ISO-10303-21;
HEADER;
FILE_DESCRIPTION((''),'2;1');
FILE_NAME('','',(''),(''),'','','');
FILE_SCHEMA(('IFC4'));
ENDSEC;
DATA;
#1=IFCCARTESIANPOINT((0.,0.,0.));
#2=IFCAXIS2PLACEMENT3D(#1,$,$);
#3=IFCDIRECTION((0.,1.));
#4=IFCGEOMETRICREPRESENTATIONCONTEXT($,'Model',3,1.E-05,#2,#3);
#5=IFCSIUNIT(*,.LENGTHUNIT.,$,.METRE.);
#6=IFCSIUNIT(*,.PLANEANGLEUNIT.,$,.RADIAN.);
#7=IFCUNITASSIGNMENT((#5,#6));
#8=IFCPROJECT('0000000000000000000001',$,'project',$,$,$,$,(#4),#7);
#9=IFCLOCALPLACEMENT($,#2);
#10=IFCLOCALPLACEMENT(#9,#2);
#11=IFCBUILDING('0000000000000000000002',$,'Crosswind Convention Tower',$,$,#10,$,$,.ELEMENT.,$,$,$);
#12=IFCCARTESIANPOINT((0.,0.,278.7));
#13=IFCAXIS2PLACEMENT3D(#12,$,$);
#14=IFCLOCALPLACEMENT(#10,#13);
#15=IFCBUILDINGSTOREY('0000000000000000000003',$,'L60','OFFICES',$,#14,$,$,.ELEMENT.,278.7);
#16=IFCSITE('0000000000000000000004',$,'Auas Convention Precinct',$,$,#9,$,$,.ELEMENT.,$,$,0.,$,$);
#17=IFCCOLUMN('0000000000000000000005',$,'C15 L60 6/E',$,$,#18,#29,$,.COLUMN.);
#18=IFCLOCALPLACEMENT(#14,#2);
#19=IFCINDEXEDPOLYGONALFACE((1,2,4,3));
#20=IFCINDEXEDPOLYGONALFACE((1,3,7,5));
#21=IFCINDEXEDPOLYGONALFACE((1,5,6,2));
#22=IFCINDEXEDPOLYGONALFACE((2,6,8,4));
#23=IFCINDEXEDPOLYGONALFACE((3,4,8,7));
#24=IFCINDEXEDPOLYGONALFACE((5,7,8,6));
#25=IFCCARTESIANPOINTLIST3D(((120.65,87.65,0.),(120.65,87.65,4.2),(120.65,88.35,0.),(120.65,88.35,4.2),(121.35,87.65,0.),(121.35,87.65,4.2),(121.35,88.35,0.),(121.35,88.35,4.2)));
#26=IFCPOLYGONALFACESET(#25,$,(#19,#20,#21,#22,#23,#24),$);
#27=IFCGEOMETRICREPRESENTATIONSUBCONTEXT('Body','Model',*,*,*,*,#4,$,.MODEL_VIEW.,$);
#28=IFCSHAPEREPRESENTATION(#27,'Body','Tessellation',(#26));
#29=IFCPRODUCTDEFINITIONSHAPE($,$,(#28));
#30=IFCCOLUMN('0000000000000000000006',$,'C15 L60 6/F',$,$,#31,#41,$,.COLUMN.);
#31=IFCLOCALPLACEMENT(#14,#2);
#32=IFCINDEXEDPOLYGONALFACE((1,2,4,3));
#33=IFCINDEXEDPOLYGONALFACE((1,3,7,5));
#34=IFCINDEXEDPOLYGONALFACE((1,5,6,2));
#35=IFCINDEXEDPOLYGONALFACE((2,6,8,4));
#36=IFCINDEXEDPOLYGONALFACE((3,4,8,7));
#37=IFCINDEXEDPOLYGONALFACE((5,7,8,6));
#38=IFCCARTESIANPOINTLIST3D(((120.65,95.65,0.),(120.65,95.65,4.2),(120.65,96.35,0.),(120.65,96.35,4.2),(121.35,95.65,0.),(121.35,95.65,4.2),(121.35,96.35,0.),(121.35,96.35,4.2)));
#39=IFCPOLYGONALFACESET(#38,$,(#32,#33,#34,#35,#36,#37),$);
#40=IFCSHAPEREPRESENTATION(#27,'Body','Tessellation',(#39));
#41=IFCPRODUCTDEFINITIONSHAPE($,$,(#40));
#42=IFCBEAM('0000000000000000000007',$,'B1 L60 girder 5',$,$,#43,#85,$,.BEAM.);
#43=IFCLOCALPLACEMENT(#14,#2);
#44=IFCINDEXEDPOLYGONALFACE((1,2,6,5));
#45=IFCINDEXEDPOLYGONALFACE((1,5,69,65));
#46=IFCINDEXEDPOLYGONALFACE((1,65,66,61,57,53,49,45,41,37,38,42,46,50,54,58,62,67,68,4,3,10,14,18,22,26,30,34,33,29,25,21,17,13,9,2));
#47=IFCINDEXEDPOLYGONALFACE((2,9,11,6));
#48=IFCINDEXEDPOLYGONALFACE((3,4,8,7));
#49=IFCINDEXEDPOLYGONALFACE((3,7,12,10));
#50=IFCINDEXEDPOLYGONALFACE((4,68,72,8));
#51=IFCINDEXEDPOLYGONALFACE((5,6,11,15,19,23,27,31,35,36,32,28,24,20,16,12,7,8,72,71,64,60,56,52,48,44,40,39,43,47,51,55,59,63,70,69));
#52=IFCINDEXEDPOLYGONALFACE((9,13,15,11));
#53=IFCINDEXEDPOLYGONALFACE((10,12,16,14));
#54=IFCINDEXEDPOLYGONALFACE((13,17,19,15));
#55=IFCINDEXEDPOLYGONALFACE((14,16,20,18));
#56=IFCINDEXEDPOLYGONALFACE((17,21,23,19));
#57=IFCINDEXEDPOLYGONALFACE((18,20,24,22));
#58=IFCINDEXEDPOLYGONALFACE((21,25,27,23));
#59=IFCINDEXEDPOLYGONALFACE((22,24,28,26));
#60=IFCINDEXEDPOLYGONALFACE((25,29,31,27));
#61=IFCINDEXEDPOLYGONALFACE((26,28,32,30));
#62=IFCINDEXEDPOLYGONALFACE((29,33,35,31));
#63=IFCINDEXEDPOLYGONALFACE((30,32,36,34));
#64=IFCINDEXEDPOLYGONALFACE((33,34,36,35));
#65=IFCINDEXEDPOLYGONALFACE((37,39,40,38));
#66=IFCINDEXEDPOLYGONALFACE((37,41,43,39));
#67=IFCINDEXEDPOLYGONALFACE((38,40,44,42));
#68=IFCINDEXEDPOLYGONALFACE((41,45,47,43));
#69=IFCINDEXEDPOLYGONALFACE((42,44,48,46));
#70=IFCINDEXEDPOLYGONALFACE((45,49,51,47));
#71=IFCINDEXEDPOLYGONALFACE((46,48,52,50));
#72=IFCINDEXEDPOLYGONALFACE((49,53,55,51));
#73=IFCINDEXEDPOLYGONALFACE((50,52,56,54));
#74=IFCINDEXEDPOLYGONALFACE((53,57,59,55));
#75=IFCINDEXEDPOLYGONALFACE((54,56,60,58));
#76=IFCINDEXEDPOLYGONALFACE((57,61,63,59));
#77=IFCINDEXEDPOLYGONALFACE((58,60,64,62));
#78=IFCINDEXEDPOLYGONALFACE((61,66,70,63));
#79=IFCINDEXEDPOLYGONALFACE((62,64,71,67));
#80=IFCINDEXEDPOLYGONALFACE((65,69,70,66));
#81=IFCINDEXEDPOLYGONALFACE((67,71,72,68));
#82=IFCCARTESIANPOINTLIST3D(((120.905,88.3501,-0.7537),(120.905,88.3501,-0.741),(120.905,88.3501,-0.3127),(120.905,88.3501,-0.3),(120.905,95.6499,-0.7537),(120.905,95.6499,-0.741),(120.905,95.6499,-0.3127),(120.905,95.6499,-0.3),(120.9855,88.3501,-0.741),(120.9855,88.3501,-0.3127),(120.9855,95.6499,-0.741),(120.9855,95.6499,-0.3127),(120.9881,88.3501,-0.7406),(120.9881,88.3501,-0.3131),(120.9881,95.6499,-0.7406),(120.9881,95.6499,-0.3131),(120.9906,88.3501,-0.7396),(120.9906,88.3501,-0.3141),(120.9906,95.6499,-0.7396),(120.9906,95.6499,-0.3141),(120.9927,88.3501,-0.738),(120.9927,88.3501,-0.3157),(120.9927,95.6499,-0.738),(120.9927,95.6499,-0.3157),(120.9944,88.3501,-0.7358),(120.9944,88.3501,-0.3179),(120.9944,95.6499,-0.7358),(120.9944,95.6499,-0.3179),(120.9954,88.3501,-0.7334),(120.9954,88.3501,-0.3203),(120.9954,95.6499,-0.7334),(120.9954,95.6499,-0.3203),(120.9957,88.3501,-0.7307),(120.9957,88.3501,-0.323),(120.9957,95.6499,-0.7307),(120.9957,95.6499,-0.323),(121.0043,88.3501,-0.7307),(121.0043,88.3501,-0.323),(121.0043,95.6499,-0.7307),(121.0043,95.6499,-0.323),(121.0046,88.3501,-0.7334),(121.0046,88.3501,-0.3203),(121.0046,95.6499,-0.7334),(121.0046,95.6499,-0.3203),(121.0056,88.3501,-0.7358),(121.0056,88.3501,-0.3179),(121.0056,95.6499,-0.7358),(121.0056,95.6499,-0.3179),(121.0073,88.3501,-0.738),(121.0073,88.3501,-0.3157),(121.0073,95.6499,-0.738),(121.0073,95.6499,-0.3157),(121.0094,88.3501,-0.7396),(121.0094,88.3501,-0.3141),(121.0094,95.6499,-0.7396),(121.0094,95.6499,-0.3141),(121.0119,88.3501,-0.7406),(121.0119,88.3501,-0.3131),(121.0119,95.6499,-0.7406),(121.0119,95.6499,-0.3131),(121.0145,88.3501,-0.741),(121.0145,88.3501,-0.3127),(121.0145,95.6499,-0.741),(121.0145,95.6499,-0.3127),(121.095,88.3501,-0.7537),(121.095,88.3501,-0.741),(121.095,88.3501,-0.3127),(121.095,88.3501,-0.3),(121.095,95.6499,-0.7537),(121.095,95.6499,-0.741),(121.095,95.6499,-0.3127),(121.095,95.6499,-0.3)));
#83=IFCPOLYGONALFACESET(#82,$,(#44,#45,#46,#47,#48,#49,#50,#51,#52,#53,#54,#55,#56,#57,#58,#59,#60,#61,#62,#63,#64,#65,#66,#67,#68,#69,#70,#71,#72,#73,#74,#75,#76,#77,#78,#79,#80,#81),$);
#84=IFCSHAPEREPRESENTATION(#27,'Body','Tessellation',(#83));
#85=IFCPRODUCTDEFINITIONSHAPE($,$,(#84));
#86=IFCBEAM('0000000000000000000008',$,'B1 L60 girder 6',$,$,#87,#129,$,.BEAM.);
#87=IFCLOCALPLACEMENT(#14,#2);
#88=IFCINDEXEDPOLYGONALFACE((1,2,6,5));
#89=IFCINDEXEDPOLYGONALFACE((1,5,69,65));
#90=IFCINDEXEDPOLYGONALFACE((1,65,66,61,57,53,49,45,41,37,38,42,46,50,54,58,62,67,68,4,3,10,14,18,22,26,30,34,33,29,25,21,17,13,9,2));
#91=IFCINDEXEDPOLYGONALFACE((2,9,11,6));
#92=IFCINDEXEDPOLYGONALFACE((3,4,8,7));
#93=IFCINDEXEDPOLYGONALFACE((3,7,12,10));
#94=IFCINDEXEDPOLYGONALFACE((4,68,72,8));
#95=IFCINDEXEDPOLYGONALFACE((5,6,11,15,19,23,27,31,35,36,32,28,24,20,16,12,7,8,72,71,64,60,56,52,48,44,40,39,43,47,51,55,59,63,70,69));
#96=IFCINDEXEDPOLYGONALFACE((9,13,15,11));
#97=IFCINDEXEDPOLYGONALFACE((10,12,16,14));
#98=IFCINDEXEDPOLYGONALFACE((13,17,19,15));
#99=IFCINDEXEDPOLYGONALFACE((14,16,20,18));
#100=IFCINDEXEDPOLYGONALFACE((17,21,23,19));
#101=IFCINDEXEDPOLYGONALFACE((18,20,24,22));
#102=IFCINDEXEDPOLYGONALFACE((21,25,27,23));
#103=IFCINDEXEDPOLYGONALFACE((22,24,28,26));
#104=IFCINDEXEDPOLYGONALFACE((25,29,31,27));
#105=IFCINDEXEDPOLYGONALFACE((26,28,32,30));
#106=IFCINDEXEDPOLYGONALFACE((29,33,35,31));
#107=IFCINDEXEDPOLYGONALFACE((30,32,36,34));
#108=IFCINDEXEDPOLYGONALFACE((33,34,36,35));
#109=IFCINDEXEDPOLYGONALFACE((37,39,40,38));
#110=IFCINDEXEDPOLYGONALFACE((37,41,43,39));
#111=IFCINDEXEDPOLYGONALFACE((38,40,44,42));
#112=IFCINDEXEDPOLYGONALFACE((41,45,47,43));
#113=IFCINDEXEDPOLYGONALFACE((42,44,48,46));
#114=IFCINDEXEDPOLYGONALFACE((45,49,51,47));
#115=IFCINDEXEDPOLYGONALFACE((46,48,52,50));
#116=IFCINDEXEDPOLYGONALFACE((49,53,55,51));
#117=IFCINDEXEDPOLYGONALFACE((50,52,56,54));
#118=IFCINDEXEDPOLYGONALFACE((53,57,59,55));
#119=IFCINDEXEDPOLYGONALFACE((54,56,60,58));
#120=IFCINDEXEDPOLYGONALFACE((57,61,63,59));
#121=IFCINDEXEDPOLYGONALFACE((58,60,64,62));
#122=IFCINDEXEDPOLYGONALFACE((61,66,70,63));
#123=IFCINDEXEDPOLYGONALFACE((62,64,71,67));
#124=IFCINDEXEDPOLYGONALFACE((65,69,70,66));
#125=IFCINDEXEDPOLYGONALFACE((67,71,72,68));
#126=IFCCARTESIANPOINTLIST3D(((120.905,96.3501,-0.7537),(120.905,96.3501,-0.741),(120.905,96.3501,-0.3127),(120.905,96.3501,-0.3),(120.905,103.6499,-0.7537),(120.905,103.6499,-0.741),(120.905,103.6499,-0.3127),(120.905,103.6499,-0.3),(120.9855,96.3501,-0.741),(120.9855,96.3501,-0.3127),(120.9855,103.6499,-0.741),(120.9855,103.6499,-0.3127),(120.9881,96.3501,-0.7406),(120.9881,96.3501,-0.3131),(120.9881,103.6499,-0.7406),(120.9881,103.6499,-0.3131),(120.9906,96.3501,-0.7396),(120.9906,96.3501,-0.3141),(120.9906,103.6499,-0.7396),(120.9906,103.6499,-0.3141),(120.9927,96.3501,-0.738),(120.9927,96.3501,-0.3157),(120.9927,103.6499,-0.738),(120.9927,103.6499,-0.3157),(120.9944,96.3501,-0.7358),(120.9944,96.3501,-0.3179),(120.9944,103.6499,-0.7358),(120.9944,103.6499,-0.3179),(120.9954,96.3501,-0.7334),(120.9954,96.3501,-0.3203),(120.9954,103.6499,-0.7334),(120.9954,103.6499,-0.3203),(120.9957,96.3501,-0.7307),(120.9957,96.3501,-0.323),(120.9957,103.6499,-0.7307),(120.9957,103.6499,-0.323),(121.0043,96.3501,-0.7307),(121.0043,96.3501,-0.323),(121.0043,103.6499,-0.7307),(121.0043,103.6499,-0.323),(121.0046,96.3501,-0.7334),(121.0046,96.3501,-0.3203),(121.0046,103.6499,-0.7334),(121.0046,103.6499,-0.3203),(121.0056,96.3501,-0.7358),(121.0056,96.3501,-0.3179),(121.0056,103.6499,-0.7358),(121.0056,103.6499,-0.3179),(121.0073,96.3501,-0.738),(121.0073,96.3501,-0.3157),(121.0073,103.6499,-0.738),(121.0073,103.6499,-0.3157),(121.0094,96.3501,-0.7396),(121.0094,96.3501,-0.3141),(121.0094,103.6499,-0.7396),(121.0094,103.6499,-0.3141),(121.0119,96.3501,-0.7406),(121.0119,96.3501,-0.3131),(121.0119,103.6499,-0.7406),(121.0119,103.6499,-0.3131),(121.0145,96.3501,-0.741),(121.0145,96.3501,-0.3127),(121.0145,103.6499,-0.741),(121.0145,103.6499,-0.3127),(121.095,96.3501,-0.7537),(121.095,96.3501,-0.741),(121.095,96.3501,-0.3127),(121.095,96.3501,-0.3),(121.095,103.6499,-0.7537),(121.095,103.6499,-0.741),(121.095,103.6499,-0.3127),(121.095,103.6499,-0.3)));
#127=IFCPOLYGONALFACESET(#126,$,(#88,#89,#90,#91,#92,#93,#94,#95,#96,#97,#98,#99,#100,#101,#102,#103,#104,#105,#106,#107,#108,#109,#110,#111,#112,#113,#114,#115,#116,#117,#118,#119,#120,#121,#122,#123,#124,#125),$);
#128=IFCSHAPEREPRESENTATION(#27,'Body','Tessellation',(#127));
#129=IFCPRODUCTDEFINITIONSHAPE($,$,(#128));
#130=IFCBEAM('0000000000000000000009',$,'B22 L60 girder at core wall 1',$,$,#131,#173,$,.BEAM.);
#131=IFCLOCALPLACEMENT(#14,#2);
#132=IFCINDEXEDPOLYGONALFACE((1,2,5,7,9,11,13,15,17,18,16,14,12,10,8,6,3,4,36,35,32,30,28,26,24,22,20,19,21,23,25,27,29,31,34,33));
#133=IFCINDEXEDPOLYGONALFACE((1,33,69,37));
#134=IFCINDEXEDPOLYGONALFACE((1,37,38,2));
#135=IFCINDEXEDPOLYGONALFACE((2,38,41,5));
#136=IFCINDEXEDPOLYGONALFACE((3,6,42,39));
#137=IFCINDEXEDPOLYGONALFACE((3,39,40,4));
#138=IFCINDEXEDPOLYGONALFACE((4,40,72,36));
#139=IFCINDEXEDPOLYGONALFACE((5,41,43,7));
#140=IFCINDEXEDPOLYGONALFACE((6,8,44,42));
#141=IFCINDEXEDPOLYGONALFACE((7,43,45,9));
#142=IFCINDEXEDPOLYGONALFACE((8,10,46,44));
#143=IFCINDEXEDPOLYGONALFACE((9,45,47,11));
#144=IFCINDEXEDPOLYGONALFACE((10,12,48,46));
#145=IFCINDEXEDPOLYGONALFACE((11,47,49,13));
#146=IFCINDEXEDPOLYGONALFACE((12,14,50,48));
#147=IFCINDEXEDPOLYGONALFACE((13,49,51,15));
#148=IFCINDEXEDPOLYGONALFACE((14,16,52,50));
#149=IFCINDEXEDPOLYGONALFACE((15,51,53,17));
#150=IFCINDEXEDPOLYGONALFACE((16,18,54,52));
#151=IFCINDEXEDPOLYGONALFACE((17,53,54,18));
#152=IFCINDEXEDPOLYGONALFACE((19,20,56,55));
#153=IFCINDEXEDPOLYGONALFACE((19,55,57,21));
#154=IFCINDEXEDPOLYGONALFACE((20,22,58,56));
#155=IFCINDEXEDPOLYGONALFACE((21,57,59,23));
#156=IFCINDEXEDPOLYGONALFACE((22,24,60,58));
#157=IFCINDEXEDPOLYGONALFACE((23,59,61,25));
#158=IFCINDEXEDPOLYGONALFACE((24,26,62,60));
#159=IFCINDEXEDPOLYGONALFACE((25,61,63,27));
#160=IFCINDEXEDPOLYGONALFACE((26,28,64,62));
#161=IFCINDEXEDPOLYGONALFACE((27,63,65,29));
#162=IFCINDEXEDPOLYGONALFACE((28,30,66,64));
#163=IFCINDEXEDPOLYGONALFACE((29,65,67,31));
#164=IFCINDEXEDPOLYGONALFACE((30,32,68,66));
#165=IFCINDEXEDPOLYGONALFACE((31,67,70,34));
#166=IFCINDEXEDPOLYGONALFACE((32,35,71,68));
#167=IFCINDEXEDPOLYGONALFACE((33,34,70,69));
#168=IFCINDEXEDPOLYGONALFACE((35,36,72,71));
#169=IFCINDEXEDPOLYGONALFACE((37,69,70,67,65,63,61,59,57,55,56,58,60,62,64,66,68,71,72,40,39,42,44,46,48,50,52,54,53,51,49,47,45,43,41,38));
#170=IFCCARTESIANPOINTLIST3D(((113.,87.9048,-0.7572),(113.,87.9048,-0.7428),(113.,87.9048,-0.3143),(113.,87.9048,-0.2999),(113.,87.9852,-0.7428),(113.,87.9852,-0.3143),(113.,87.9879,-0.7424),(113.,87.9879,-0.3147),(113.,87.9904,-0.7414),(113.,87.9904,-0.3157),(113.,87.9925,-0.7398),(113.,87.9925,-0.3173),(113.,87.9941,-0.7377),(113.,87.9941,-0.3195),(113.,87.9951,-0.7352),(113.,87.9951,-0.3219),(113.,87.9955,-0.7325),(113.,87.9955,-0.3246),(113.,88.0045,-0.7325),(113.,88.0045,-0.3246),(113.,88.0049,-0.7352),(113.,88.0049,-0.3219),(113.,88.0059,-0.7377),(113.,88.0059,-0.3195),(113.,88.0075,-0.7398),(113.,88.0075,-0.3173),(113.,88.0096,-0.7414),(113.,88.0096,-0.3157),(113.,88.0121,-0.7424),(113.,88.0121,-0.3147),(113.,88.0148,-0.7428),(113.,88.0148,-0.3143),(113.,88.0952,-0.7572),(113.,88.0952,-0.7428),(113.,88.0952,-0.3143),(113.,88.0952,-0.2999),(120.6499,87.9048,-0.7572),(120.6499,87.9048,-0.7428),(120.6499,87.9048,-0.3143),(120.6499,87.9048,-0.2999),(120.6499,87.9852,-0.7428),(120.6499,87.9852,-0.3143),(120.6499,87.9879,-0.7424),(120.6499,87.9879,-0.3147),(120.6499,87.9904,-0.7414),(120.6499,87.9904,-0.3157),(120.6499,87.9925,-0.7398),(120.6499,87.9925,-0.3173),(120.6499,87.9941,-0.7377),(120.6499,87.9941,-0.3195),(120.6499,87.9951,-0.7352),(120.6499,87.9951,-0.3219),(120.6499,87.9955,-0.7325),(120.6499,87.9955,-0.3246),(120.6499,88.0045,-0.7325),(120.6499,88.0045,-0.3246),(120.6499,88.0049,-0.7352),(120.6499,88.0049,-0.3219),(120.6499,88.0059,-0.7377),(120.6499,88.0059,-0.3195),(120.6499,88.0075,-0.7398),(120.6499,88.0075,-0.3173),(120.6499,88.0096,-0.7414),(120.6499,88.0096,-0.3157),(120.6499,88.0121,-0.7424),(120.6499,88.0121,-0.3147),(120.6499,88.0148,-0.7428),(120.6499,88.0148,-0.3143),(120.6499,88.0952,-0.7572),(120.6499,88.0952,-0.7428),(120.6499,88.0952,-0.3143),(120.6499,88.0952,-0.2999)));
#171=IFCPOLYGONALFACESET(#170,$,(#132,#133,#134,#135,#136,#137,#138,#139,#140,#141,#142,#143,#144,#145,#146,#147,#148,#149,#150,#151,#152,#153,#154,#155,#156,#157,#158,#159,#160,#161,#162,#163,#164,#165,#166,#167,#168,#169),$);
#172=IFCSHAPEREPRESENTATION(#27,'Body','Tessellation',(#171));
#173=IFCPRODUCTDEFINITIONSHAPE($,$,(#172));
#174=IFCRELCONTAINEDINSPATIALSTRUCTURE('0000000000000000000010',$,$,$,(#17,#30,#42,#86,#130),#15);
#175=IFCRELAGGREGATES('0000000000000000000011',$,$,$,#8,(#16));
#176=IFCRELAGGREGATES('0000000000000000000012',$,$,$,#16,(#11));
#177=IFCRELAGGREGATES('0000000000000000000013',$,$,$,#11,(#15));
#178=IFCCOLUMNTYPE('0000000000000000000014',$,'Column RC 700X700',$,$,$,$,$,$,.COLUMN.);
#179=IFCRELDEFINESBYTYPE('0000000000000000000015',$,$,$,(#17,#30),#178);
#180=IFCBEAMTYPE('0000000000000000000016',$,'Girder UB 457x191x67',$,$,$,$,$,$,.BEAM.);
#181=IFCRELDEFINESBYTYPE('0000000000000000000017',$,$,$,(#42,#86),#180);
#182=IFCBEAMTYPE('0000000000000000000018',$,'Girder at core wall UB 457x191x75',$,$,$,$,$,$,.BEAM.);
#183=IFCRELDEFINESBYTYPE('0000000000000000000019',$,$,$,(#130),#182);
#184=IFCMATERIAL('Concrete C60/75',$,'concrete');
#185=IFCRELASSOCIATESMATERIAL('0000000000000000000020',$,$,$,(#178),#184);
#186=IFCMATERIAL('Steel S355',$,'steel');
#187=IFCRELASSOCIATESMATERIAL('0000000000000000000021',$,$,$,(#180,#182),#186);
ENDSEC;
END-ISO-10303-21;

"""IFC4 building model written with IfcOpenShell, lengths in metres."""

from ifc_helpers import new_model, si_unit, direction, frame, origin, origin_2d, place, context, subcontext, project, spatial, rectangle, i_section, extrude, material, material_profile, profile_set, type_object, element, save


model = new_model("IFC4")

# Units and contexts
model_context = context("Model", 3, precision=1e-05, world=origin(), true_north=direction((0.0, 1.0)))
body_context = subcontext(model_context, "Body", "Model", "MODEL_VIEW")
ifc_project = project(units=[si_unit("LENGTHUNIT", "METRE"), si_unit("PLANEANGLEUNIT", "RADIAN")], contexts=[model_context])

# Site, building, storey
site_placement = place(None, origin())
site = spatial("IfcSite", under=ifc_project, at=site_placement, Name="Auas Convention Precinct", CompositionType="ELEMENT", RefElevation=0.0)
building_placement = place(site_placement, origin())
building = spatial("IfcBuilding", under=site, at=building_placement, Name="Crosswind Convention Tower", CompositionType="ELEMENT")
storey_placement = place(building_placement, frame((0.0, 0.0, 278.7)))
storey = spatial("IfcBuildingStorey", under=building, at=storey_placement, Name="L60", Description="OFFICES", CompositionType="ELEMENT", Elevation=278.7)

# Columns
ifc_material_1 = material(Name="Concrete C60/75", Category="concrete")
ifc_material_profile_1 = material_profile(ifc_material_1, rectangle(XDim=0.7, YDim=0.7, at=origin_2d()), Name="RC 700X700")
ifc_profile_set_1 = profile_set([ifc_material_profile_1], Name="Concrete C60/75")
column_type = type_object("IfcColumnType", Name="Column RC 700X700", PredefinedType="COLUMN", material=ifc_profile_set_1)
for number, where, z_axis, x_axis, name in (
    (1, (121.0, 88.0, 0.0), (0.0, 0.0, 1.0), (1.0, 0.0, 0.0), "C15 L60 6/E"),
    (2, (121.0, 96.0, 0.0), (0.0, 0.0, 1.0), (1.0, 0.0, 0.0), "C15 L60 6/F"),
):
    element("IfcColumn", number, at=place(storey_placement, frame(where, z_axis=z_axis, x_axis=x_axis)), inside=storey, type_object=column_type, Name=name, PredefinedType="COLUMN", context=body_context, shape_type="SweptSolid", body=[
        extrude(rectangle(XDim=0.7, YDim=0.7, at=origin_2d()), origin(), (0.0, 0.0, 1.0), 4.2),
    ])

# Beams
ifc_material_2 = material(Name="Steel S355", Category="steel")
ifc_material_profile_2 = material_profile(ifc_material_2, i_section(OverallWidth=0.1899, OverallDepth=0.4536, WebThickness=0.0085, FlangeThickness=0.0127, FilletRadius=0.0103, at=origin_2d()), Name="UB 457x191x67")
ifc_profile_set_2 = profile_set([ifc_material_profile_2], Name="Steel S355")
beam_type_1 = type_object("IfcBeamType", Name="Girder UB 457x191x67", PredefinedType="BEAM", material=ifc_profile_set_2)
for number, where, z_axis, x_axis, name in (
    (3, (121.0, 88.3501, -0.5269), (0.0, 1.0, 0.0), (-1.0, 0.0, 0.0), "B1 L60 girder 5"),
    (4, (121.0, 96.3501, -0.5269), (0.0, 1.0, 0.0), (-1.0, 0.0, 0.0), "B1 L60 girder 6"),
):
    element("IfcBeam", number, at=place(storey_placement, frame(where, z_axis=z_axis, x_axis=x_axis)), inside=storey, type_object=beam_type_1, Name=name, PredefinedType="BEAM", context=body_context, shape_type="SweptSolid", body=[
        extrude(i_section(OverallWidth=0.1899, OverallDepth=0.4536, WebThickness=0.0085, FlangeThickness=0.0127, FilletRadius=0.0103, at=origin_2d()), origin(), (0.0, 0.0, 1.0), 7.2998),
    ])
ifc_material_profile_3 = material_profile(ifc_material_2, i_section(OverallWidth=0.1904, OverallDepth=0.4573, WebThickness=0.009, FlangeThickness=0.0144, FilletRadius=0.0103, at=origin_2d()), Name="UB 457x191x75")
ifc_profile_set_3 = profile_set([ifc_material_profile_3], Name="Steel S355")
beam_type_2 = type_object("IfcBeamType", Name="Girder at core wall UB 457x191x75", PredefinedType="BEAM", material=ifc_profile_set_3)
for number, where, z_axis, x_axis, name in (
    (5, (113.0, 88.0, -0.5286), (1.0, 0.0, 0.0), (0.0, 1.0, 0.0), "B22 L60 girder at core wall 1"),
):
    element("IfcBeam", number, at=place(storey_placement, frame(where, z_axis=z_axis, x_axis=x_axis)), inside=storey, type_object=beam_type_2, Name=name, PredefinedType="BEAM", context=body_context, shape_type="SweptSolid", body=[
        extrude(i_section(OverallWidth=0.1904, OverallDepth=0.4573, WebThickness=0.009, FlangeThickness=0.0144, FilletRadius=0.0103, at=origin_2d()), origin(), (0.0, 0.0, 1.0), 7.6499),
    ])

save(model, "model.ifc")
